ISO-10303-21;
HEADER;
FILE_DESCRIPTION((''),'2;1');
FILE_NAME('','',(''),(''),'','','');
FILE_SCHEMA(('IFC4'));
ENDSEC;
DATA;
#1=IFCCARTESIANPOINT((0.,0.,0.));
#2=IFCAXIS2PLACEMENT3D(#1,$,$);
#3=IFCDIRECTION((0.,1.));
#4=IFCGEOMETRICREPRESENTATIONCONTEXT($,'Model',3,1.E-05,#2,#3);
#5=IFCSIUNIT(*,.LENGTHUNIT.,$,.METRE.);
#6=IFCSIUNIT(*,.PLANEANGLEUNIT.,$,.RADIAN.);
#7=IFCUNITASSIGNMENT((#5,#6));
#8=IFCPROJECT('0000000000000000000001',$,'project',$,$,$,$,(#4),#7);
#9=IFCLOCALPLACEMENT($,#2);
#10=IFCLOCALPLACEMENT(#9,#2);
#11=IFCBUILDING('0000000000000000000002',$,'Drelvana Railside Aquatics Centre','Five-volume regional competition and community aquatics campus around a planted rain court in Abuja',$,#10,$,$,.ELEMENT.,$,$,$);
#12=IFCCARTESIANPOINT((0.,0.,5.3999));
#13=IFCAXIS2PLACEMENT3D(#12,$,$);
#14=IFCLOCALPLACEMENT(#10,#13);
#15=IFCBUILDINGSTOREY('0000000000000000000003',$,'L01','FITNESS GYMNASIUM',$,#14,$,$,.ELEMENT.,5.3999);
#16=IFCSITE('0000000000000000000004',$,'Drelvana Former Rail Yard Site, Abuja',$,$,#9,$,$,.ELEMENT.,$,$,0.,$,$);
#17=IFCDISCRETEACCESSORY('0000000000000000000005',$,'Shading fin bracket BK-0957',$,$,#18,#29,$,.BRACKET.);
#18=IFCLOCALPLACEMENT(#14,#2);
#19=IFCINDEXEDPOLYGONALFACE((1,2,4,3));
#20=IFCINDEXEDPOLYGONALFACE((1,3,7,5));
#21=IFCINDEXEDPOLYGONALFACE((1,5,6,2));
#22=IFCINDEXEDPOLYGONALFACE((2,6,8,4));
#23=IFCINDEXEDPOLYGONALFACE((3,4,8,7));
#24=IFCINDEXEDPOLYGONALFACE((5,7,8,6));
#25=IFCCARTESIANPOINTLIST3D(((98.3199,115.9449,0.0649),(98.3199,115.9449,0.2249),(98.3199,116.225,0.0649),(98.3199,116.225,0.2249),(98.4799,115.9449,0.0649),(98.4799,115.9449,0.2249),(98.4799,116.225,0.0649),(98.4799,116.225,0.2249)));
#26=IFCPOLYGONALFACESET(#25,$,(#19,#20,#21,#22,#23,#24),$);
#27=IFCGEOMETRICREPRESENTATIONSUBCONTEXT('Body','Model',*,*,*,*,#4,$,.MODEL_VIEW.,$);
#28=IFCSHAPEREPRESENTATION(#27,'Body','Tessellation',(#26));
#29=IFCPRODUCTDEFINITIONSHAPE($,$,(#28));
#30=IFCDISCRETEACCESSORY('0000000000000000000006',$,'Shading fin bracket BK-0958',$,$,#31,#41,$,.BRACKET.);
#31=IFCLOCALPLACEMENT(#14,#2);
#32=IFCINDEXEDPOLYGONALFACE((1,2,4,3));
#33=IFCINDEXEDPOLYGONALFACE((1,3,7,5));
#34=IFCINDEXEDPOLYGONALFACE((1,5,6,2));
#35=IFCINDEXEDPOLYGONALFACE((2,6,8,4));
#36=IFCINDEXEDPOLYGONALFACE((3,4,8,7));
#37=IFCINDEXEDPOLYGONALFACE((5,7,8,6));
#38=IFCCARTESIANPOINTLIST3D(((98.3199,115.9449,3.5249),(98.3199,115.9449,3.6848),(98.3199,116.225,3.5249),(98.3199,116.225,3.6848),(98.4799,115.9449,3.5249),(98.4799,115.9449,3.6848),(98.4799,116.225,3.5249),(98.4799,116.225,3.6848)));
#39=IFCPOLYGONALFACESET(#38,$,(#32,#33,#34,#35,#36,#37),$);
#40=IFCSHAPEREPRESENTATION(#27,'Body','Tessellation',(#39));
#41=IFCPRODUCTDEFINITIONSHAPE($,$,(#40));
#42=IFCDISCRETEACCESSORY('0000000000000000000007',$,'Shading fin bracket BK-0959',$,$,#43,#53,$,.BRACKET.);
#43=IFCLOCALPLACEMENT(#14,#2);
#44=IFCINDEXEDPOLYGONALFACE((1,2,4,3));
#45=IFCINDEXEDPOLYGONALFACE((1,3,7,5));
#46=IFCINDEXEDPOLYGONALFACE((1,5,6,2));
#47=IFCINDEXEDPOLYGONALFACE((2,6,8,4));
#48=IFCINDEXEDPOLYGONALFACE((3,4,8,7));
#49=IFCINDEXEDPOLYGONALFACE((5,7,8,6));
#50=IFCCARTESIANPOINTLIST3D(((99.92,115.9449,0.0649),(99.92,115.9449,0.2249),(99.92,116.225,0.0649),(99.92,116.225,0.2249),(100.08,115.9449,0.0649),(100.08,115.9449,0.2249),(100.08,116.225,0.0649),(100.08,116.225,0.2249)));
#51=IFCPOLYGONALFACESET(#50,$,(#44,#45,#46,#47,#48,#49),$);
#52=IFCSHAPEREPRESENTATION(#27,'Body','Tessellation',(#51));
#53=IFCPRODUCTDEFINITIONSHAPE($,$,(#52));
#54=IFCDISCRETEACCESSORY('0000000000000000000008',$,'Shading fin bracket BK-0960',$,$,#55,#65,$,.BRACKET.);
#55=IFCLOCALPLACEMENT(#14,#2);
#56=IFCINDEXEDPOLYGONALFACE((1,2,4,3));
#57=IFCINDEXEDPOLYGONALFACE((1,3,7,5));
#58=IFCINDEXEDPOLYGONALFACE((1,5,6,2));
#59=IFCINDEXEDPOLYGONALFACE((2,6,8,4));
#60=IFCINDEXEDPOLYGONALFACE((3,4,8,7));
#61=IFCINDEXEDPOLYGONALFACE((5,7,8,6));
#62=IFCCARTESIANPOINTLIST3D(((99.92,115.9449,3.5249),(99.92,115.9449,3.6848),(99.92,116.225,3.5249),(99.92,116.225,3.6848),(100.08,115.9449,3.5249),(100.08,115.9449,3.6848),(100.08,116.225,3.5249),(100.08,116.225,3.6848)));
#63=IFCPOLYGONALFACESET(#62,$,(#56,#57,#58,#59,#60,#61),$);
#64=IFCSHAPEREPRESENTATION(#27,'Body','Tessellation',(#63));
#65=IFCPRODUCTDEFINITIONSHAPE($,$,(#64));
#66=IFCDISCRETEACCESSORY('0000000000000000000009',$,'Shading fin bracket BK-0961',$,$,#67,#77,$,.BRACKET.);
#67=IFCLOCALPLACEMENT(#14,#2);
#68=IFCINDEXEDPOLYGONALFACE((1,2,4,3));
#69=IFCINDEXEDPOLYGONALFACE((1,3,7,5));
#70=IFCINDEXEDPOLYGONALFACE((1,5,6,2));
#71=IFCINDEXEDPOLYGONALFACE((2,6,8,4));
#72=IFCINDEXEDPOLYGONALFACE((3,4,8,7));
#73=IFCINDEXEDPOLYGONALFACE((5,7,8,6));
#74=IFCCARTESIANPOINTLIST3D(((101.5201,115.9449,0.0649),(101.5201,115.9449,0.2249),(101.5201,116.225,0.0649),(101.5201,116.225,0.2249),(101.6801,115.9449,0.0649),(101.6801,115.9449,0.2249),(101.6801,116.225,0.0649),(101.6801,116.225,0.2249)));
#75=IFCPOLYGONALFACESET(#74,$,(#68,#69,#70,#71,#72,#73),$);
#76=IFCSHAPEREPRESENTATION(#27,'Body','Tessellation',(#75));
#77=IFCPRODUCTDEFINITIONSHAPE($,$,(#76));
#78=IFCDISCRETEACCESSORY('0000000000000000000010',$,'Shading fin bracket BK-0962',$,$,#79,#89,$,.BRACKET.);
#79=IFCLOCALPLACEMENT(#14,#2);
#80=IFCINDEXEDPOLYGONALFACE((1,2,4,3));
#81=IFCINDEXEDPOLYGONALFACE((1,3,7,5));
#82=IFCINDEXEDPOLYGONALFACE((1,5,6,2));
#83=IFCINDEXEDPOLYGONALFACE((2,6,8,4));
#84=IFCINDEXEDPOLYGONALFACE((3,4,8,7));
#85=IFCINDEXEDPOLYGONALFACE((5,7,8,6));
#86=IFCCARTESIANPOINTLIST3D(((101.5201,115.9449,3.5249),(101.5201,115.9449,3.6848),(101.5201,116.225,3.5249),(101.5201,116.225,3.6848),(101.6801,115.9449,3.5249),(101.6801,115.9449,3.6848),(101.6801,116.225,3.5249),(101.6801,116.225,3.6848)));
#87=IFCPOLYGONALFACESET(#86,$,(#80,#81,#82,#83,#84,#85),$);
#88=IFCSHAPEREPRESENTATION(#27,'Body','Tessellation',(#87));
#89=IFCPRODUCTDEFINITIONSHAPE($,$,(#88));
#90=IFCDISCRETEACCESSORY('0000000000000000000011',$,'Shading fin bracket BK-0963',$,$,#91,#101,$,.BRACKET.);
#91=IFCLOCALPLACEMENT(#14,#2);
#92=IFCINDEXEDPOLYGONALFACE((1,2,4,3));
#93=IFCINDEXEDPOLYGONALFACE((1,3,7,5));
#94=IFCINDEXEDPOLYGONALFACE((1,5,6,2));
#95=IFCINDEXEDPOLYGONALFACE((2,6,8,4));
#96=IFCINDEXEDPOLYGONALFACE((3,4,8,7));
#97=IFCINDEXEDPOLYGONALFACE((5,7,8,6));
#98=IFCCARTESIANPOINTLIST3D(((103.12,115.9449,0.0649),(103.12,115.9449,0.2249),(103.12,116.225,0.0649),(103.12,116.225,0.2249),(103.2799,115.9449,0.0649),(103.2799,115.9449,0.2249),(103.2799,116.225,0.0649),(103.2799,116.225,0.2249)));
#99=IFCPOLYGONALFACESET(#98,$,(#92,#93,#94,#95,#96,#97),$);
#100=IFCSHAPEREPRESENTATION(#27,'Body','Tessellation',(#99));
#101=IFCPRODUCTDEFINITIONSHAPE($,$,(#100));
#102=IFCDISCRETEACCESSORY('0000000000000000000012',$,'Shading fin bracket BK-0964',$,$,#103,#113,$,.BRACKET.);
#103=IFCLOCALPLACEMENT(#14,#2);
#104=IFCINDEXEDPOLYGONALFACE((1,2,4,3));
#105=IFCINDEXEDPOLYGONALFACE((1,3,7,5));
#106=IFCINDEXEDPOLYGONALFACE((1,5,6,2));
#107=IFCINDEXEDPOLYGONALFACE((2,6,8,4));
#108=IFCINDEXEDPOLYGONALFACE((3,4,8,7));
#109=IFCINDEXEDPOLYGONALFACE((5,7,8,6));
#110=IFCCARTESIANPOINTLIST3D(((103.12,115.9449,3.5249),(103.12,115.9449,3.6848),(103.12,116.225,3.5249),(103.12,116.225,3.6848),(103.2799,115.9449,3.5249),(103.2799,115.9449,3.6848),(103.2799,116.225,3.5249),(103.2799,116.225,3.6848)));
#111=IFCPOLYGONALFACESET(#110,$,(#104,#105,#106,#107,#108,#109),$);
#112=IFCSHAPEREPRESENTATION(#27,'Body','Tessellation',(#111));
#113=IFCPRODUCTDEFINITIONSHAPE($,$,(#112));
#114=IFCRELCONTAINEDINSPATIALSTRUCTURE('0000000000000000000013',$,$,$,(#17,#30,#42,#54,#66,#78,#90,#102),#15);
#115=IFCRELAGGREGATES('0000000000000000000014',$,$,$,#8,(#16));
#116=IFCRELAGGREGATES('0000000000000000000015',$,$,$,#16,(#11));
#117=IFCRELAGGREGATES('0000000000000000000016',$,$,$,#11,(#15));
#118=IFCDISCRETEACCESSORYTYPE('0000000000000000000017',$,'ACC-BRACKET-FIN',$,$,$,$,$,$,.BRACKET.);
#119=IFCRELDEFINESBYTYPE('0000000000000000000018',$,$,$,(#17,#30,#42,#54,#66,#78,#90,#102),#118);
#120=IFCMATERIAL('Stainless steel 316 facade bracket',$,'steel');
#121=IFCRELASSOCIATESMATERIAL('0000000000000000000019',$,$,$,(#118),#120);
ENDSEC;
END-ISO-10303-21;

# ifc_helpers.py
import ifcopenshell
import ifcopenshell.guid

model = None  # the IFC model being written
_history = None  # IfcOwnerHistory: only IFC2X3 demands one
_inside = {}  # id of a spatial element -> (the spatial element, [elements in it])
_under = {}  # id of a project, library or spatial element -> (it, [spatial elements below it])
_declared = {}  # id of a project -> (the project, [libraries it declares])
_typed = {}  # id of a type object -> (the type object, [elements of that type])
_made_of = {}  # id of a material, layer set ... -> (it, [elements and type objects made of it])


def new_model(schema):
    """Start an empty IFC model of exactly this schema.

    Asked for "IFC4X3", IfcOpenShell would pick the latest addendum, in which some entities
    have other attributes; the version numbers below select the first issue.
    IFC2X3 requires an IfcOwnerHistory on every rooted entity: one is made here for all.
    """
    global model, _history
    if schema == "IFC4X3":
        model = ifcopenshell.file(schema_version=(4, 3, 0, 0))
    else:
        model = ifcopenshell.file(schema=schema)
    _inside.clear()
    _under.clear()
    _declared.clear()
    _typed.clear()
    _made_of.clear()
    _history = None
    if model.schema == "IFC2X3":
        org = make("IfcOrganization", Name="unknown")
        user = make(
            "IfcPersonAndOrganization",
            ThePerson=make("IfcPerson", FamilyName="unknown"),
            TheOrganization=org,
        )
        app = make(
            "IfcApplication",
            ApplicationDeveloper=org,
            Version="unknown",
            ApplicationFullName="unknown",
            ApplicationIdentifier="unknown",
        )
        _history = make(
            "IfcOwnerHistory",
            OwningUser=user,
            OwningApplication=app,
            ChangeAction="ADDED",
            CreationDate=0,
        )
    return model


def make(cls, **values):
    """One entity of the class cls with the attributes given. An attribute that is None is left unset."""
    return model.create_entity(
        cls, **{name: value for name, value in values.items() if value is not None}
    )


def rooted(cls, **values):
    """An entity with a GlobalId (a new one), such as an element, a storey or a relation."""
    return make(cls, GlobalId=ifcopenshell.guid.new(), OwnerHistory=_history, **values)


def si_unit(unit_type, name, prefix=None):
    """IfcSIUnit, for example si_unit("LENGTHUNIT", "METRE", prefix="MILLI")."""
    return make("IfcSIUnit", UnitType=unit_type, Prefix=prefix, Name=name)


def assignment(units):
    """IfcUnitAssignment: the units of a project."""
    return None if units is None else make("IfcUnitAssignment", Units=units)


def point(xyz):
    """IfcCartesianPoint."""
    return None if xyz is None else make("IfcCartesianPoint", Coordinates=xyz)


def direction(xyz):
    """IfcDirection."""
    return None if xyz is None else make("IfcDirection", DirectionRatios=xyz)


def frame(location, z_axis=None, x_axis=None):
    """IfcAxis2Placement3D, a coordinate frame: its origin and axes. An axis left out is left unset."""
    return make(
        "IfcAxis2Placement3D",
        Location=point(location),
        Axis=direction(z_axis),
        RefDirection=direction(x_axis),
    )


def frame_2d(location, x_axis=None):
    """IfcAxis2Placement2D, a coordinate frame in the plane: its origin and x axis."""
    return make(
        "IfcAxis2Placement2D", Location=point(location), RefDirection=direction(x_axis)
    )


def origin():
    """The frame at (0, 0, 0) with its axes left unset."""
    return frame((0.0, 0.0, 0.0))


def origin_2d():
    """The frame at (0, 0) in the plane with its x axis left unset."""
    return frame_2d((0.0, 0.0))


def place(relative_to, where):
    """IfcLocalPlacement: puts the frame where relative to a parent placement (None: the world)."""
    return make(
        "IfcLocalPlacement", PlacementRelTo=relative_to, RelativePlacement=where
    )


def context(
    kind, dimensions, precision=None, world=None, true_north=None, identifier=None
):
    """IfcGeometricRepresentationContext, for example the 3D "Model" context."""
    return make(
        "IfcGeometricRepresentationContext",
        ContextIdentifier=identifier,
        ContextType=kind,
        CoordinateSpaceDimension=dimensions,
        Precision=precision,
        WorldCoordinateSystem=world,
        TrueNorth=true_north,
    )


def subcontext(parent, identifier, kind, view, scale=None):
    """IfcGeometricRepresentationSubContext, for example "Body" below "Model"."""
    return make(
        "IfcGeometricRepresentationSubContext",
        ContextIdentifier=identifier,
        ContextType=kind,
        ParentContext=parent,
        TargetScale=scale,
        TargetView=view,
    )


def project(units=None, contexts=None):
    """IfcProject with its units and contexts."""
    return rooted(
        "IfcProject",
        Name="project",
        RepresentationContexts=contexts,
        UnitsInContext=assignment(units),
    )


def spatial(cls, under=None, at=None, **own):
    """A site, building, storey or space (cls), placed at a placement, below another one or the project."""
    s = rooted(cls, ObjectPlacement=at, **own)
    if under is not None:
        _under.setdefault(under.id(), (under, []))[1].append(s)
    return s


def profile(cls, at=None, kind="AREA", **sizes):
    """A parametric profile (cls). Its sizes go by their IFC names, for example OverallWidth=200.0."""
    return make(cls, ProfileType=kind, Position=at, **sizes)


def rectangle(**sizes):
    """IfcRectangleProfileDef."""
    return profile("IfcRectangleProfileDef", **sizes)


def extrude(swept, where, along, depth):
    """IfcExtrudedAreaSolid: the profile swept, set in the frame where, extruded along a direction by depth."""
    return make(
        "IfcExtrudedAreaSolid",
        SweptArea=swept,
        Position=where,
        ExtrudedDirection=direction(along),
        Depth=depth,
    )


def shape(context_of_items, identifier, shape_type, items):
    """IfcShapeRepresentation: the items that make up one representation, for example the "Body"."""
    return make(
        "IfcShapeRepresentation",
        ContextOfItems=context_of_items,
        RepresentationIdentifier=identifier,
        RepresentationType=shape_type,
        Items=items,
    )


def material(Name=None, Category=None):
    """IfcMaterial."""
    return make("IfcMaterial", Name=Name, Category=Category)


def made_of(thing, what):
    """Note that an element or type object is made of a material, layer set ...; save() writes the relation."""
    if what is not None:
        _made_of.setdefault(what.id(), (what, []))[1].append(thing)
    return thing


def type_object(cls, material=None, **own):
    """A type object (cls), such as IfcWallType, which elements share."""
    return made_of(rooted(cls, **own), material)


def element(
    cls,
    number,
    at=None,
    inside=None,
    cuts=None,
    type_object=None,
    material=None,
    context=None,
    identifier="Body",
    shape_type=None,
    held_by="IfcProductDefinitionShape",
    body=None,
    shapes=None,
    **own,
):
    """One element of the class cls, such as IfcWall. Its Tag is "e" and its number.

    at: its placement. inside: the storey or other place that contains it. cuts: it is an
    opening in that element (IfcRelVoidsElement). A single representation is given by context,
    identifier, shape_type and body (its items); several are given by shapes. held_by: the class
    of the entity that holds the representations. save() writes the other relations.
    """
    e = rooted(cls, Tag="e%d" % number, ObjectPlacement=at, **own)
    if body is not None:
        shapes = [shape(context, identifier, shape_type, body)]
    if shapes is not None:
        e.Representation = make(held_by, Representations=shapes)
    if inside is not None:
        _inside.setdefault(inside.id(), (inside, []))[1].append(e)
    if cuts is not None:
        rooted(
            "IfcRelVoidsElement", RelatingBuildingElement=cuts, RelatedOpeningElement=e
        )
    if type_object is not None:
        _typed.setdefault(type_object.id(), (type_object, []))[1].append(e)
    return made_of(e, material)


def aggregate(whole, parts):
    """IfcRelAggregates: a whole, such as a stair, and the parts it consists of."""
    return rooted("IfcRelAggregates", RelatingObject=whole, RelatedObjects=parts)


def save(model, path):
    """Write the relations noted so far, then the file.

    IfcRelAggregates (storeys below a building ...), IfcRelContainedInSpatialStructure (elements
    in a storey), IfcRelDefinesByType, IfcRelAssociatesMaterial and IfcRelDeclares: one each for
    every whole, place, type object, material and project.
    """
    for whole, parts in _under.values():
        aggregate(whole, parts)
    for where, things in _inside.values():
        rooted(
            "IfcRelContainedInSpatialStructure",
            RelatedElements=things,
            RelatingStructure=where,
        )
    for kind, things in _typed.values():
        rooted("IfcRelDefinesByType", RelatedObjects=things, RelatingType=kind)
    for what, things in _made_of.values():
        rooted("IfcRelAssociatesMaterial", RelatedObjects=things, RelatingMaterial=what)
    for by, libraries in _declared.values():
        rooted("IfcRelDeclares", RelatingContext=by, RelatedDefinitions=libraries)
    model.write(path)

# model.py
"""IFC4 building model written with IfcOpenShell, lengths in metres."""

from ifc_helpers import new_model, si_unit, direction, frame, origin, origin_2d, place, context, subcontext, project, spatial, rectangle, extrude, material, type_object, element, save


model = new_model("IFC4")

# Units and contexts
model_context = context("Model", 3, precision=1e-05, world=origin(), true_north=direction((0.0, 1.0)))
body_context = subcontext(model_context, "Body", "Model", "MODEL_VIEW")
ifc_project = project(units=[si_unit("LENGTHUNIT", "METRE"), si_unit("PLANEANGLEUNIT", "RADIAN")], contexts=[model_context])

# Site, building, storey
site_placement = place(None, origin())
site = spatial("IfcSite", under=ifc_project, at=site_placement, Name="Drelvana Former Rail Yard Site, Abuja", CompositionType="ELEMENT", RefElevation=0.0)
building_placement = place(site_placement, origin())
building = spatial("IfcBuilding", under=site, at=building_placement, Name="Drelvana Railside Aquatics Centre", Description="Five-volume regional competition and community aquatics campus around a planted rain court in Abuja", CompositionType="ELEMENT")
storey_placement = place(building_placement, frame((0.0, 0.0, 5.3999)))
storey = spatial("IfcBuildingStorey", under=building, at=storey_placement, Name="L01", Description="FITNESS GYMNASIUM", CompositionType="ELEMENT", Elevation=5.3999)

# Discrete accessories
ifc_material_1 = material(Name="Stainless steel 316 facade bracket", Category="steel")
discrete_accessory_type = type_object("IfcDiscreteAccessoryType", Name="ACC-BRACKET-FIN", PredefinedType="BRACKET", material=ifc_material_1)
for number, where, z_axis, x_axis, name in (
    (1, (98.3999, 116.085, 0.0649), (0.0, 0.0, 1.0), (0.0, 1.0, 0.0), "Shading fin bracket BK-0957"),
    (2, (98.3999, 116.085, 3.5249), (0.0, 0.0, 1.0), (0.0, 1.0, 0.0), "Shading fin bracket BK-0958"),
    (3, (100.0, 116.085, 0.0649), (0.0, 0.0, 1.0), (0.0, 1.0, 0.0), "Shading fin bracket BK-0959"),
    (4, (100.0, 116.085, 3.5249), (0.0, 0.0, 1.0), (0.0, 1.0, 0.0), "Shading fin bracket BK-0960"),
    (5, (101.6001, 116.085, 0.0649), (0.0, 0.0, 1.0), (0.0, 1.0, 0.0), "Shading fin bracket BK-0961"),
    (6, (101.6001, 116.085, 3.5249), (0.0, 0.0, 1.0), (0.0, 1.0, 0.0), "Shading fin bracket BK-0962"),
    (7, (103.2, 116.085, 0.0649), (0.0, 0.0, 1.0), (0.0, 1.0, 0.0), "Shading fin bracket BK-0963"),
    (8, (103.2, 116.085, 3.5249), (0.0, 0.0, 1.0), (0.0, 1.0, 0.0), "Shading fin bracket BK-0964"),
):
    element("IfcDiscreteAccessory", number, at=place(storey_placement, frame(where, z_axis=z_axis, x_axis=x_axis)), inside=storey, type_object=discrete_accessory_type, Name=name, PredefinedType="BRACKET", context=body_context, shape_type="SweptSolid", body=[
        extrude(rectangle(XDim=0.28, YDim=0.1599, at=origin_2d()), origin(), (0.0, 0.0, 1.0), 0.1599),
    ])

save(model, "model.ifc")
